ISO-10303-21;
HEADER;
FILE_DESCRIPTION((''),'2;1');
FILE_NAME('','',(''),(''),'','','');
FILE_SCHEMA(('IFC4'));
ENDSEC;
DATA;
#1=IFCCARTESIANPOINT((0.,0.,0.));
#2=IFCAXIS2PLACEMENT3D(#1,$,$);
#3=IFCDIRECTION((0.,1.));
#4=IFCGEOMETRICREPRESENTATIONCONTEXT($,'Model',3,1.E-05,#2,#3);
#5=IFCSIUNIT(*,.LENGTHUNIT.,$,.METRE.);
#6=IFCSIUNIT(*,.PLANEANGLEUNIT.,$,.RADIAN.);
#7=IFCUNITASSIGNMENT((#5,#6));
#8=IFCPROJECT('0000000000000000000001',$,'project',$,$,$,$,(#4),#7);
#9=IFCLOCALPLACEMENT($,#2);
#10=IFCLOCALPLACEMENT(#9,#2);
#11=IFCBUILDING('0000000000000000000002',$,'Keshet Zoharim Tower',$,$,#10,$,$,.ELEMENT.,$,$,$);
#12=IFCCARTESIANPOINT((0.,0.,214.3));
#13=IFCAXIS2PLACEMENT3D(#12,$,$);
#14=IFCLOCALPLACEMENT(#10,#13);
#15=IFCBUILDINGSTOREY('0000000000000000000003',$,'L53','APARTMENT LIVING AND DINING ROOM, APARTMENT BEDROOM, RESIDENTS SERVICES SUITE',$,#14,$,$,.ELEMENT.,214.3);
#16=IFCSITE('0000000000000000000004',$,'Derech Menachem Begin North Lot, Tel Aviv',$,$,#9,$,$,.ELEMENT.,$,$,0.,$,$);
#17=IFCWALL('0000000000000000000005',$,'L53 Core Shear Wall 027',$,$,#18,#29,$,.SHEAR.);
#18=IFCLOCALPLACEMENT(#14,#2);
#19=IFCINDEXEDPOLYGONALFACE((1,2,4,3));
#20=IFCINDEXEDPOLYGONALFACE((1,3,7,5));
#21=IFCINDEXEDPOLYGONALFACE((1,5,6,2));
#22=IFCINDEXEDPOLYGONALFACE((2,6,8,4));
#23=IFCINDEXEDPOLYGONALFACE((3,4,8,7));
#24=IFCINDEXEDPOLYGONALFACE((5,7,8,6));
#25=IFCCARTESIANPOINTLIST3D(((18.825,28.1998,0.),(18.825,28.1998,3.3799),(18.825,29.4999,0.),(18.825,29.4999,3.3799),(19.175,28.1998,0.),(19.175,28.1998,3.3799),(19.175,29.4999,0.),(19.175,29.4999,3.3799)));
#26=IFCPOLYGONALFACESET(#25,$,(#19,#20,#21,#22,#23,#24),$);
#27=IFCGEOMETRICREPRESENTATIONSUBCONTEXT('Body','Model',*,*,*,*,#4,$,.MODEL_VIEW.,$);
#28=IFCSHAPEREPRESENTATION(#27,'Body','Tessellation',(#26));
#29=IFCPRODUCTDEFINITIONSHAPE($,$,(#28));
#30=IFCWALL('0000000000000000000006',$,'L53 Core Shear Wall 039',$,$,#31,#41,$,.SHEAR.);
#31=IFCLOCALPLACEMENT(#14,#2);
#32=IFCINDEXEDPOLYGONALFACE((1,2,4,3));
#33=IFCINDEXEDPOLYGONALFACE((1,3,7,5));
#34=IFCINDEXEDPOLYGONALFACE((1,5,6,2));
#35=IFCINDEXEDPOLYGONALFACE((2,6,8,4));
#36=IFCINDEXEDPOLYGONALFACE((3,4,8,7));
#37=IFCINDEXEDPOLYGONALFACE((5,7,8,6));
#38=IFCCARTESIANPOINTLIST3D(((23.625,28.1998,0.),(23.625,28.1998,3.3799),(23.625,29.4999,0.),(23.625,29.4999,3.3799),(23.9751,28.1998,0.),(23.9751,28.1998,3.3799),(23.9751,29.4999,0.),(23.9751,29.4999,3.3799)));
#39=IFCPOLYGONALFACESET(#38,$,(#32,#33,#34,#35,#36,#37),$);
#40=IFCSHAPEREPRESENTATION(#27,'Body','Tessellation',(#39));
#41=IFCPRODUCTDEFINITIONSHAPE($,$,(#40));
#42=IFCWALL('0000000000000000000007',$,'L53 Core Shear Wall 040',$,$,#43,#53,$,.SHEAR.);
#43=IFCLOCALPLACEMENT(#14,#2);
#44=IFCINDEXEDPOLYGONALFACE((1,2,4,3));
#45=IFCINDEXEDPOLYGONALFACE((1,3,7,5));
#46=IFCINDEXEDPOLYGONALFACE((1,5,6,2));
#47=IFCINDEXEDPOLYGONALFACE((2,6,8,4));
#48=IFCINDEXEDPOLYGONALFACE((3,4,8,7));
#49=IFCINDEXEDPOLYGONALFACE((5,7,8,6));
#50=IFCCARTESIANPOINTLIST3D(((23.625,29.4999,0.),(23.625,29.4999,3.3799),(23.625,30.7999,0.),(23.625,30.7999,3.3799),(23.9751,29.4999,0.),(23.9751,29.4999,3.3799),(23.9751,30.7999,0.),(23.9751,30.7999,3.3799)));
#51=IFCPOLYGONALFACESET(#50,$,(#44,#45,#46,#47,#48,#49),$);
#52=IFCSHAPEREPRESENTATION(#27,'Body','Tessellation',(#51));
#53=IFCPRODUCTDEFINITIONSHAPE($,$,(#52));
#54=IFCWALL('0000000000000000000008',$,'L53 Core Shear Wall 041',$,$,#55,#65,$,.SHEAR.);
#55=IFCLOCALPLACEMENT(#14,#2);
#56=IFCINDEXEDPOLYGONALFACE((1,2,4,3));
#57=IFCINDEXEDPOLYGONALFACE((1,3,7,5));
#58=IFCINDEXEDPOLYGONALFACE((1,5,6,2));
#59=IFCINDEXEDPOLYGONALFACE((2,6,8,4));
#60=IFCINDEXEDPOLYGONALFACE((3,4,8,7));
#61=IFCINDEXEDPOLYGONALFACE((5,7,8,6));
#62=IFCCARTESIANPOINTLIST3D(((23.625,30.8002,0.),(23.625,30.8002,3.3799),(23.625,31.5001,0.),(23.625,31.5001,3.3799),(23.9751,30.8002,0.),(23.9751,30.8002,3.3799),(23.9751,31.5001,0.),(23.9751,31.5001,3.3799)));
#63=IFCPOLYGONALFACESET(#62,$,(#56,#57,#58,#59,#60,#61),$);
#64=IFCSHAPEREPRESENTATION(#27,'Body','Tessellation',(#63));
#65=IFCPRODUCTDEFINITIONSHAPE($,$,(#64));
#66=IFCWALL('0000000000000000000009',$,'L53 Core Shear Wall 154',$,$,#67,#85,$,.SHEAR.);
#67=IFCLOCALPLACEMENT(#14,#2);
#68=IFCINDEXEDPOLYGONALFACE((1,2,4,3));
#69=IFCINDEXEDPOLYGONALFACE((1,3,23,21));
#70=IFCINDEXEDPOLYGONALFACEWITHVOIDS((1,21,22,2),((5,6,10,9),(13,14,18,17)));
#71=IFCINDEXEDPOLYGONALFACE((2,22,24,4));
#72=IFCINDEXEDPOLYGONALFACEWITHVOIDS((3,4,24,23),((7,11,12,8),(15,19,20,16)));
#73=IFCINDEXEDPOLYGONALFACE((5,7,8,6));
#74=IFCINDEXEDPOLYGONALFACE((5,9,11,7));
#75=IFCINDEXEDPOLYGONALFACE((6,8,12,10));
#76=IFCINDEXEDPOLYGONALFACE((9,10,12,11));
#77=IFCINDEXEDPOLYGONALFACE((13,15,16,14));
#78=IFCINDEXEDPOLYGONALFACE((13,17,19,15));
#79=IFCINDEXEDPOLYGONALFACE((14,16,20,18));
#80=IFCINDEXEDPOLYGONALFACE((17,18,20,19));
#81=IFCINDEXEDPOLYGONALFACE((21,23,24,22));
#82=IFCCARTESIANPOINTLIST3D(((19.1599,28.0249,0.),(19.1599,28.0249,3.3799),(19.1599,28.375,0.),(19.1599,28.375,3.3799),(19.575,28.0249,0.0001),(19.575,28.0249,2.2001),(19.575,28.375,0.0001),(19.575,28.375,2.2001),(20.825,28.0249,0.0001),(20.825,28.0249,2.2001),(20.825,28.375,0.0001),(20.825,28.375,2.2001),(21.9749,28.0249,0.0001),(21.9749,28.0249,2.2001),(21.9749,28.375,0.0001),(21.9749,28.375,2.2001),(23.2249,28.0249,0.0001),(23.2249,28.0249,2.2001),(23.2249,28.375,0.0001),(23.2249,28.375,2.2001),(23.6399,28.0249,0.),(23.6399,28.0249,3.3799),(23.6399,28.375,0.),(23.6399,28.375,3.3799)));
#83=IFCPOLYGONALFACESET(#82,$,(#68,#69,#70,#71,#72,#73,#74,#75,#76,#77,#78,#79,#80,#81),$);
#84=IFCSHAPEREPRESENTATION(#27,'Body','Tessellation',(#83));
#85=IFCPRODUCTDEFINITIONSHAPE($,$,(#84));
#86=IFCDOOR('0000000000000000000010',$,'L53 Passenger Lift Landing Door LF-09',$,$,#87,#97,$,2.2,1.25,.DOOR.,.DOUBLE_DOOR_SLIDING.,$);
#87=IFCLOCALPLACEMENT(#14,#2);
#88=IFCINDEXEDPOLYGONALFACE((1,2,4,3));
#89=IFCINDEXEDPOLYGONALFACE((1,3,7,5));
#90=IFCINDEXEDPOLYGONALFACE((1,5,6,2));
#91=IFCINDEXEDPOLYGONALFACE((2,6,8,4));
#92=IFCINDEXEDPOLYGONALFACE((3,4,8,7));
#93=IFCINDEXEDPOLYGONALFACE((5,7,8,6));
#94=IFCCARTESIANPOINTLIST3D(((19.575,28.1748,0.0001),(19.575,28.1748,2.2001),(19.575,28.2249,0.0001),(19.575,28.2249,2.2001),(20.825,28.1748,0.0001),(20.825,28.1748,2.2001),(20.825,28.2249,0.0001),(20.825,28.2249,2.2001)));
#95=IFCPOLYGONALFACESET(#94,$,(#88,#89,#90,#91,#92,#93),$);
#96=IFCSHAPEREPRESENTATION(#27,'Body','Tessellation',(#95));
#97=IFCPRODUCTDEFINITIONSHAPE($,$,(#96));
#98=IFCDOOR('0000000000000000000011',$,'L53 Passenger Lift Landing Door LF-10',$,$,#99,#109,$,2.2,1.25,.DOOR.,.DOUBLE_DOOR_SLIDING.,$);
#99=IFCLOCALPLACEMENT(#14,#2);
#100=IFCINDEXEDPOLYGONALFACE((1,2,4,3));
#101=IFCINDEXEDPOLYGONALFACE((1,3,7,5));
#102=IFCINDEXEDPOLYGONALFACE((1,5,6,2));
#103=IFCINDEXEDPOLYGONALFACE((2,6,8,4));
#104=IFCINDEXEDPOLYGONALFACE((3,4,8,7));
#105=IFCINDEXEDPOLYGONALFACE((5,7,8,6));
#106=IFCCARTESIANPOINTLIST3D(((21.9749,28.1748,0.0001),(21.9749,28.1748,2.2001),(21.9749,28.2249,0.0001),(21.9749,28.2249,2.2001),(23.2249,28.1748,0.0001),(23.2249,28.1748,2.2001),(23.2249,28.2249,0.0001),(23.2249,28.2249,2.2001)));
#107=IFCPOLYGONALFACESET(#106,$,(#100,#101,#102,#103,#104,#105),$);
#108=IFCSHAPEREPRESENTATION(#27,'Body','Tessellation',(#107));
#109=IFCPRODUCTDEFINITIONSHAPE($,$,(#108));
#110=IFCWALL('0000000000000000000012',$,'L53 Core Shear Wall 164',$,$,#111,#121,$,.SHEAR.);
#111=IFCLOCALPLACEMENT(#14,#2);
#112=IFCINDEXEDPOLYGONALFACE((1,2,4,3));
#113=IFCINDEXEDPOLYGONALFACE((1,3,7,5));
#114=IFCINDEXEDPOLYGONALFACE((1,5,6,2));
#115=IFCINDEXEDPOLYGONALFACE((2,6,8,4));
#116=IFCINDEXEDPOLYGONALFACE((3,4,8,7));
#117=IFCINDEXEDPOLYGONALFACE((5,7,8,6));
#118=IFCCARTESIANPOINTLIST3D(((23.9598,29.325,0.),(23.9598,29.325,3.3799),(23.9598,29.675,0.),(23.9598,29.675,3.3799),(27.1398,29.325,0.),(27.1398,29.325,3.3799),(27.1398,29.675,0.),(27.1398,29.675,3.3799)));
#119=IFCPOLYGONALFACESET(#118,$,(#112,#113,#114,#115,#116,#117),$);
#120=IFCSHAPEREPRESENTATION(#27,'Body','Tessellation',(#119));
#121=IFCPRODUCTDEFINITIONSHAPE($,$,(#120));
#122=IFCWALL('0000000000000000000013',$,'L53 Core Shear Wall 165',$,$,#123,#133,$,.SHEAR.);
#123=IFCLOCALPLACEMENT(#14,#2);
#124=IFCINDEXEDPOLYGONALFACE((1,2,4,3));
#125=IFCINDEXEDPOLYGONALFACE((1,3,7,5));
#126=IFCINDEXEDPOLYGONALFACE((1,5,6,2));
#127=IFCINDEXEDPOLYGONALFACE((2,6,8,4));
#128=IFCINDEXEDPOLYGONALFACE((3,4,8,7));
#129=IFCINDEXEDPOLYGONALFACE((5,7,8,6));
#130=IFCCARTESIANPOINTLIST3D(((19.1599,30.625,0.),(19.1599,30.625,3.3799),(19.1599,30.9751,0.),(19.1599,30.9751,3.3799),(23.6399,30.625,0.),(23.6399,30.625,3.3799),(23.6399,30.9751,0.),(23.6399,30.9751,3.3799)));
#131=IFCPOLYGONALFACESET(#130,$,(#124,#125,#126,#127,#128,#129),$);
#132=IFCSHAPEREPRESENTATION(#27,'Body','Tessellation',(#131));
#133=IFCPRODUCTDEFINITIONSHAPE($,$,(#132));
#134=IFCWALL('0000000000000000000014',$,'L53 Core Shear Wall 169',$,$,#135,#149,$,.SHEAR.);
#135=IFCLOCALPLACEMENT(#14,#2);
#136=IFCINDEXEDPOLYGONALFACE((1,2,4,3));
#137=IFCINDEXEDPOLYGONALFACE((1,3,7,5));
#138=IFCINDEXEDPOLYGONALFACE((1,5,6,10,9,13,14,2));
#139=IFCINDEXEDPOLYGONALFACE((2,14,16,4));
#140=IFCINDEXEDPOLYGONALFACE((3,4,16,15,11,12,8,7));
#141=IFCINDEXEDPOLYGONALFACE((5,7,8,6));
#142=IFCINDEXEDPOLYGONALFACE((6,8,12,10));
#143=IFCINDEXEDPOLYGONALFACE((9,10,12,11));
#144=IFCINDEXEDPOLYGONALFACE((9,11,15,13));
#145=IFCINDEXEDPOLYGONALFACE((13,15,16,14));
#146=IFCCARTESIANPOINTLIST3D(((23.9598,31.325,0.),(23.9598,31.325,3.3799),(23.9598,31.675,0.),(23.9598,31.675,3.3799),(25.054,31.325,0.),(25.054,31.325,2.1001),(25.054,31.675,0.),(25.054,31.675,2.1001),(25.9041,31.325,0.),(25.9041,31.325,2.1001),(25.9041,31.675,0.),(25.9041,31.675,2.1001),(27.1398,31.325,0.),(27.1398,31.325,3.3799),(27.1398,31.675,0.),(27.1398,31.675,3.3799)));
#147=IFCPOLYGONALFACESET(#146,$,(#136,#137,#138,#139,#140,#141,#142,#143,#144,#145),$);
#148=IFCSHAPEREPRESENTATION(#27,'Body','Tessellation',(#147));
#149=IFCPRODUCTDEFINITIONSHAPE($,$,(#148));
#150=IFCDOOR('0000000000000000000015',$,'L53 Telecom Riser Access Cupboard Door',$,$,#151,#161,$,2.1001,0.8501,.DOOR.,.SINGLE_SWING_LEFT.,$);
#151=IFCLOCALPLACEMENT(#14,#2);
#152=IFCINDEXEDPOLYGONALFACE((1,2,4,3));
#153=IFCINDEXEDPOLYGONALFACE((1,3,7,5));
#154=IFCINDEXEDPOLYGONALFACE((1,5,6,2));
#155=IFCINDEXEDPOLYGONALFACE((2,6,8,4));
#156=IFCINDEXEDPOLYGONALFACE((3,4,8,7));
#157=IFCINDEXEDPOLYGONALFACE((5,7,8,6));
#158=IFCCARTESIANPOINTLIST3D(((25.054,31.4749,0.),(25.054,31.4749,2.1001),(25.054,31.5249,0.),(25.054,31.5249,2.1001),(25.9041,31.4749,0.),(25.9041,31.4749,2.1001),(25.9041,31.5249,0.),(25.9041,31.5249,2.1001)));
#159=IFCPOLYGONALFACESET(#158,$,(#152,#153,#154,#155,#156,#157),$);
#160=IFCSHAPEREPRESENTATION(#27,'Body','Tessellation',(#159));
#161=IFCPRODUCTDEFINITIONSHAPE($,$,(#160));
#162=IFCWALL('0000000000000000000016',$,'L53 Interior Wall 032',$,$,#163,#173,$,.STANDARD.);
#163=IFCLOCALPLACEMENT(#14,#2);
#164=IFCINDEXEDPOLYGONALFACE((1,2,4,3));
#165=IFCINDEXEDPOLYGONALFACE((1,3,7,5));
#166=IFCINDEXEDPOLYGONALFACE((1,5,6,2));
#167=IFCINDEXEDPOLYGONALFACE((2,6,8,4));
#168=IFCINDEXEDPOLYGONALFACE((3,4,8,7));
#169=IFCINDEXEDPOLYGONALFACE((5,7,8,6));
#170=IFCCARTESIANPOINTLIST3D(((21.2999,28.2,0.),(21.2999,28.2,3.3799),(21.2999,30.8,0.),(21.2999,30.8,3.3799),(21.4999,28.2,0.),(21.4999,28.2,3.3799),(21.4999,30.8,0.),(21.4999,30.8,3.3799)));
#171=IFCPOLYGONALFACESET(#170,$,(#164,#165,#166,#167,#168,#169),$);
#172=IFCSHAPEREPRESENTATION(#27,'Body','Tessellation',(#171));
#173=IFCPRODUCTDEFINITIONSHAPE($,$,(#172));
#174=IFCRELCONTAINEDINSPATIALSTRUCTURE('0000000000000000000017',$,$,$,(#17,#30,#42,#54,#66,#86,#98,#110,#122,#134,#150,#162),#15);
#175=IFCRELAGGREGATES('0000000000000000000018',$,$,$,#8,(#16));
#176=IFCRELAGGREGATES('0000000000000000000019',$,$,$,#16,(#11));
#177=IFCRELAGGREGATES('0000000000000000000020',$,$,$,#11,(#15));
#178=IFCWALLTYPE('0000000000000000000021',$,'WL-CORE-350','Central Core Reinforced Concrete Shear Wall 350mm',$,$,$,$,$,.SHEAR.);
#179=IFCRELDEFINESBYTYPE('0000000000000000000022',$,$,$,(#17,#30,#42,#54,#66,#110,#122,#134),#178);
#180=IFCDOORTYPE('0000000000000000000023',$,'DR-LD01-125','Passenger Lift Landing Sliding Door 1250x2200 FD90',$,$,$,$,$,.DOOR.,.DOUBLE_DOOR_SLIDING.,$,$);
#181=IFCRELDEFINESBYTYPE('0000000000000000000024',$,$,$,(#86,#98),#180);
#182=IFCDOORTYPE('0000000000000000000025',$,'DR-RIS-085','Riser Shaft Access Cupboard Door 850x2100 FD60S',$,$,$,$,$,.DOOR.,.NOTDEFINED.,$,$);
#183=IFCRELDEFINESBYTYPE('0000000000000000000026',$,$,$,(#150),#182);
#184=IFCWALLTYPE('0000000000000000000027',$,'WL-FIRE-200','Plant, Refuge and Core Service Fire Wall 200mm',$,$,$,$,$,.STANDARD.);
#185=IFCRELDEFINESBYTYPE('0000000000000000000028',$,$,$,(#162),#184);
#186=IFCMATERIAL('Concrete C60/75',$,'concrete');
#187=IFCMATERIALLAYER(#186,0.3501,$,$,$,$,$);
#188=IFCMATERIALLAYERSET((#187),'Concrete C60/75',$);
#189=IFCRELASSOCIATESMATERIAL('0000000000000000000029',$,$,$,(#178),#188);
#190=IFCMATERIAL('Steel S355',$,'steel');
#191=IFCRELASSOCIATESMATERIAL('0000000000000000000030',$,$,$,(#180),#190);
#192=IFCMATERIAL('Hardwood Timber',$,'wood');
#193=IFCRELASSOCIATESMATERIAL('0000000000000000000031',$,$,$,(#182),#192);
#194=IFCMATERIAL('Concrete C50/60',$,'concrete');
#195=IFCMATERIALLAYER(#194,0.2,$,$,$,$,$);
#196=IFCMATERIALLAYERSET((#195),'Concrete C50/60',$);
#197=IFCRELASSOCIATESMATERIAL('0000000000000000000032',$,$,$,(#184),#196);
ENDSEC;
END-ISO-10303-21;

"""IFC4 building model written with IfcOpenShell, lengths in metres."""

from ifc_helpers import new_model, si_unit, direction, frame, frame_2d, origin, place, context, subcontext, project, spatial, rectangle, extrude, material, layer, layer_set, type_object, element, fill, save


model = new_model("IFC4")

# Units and contexts
model_context = context("Model", 3, precision=1e-05, world=origin(), true_north=direction((0.0, 1.0)))
body_context = subcontext(model_context, "Body", "Model", "MODEL_VIEW")
ifc_project = project(units=[si_unit("LENGTHUNIT", "METRE"), si_unit("PLANEANGLEUNIT", "RADIAN")], contexts=[model_context])

# Site, building, storey
site_placement = place(None, origin())
site = spatial("IfcSite", under=ifc_project, at=site_placement, Name="Derech Menachem Begin North Lot, Tel Aviv", CompositionType="ELEMENT", RefElevation=0.0)
building_placement = place(site_placement, origin())
building = spatial("IfcBuilding", under=site, at=building_placement, Name="Keshet Zoharim Tower", CompositionType="ELEMENT")
storey_placement = place(building_placement, frame((0.0, 0.0, 214.3)))
storey = spatial("IfcBuildingStorey", under=building, at=storey_placement, Name="L53", Description="APARTMENT LIVING AND DINING ROOM, APARTMENT BEDROOM, RESIDENTS SERVICES SUITE", CompositionType="ELEMENT", Elevation=214.3)

# Wall
ifc_material_1 = material(Name="Concrete C60/75", Category="concrete")
ifc_layer_1 = layer(ifc_material_1, 0.3501)
ifc_layer_set_1 = layer_set([ifc_layer_1], Name="Concrete C60/75")
wall_type_1 = type_object("IfcWallType", Name="WL-CORE-350", Description="Central Core Reinforced Concrete Shear Wall 350mm", PredefinedType="SHEAR", material=ifc_layer_set_1)
wall_1_placement = place(storey_placement, frame((19.0, 28.2, 0.0), z_axis=(0.0, 0.0, 1.0), x_axis=(0.0, 1.0, 0.0)))
element("IfcWall", 1, at=wall_1_placement, inside=storey, type_object=wall_type_1, Name="L53 Core Shear Wall 027", PredefinedType="SHEAR", context=body_context, shape_type="SweptSolid", body=[
    extrude(rectangle(XDim=1.3, YDim=0.3501, at=frame_2d((0.6499, 0.0))), origin(), (0.0, 0.0, 1.0), 3.3799),
])

# Shared definitions
ifc_material_2 = material(Name="Hardwood Timber", Category="wood")

# Walls
for number, where, z_axis, x_axis, name in (
    (2, (23.8, 28.2, 0.0), (0.0, 0.0, 1.0), (0.0, 1.0, 0.0), "L53 Core Shear Wall 039"),
    (3, (23.8, 29.5, 0.0), (0.0, 0.0, 1.0), (0.0, 1.0, 0.0), "L53 Core Shear Wall 040"),
):
    element("IfcWall", number, at=place(storey_placement, frame(where, z_axis=z_axis, x_axis=x_axis)), inside=storey, type_object=wall_type_1, Name=name, PredefinedType="SHEAR", context=body_context, shape_type="SweptSolid", body=[
        extrude(rectangle(XDim=1.3, YDim=0.3501, at=frame_2d((0.6499, 0.0))), origin(), (0.0, 0.0, 1.0), 3.3799),
    ])
wall_2_placement = place(storey_placement, frame((23.8, 30.8, 0.0), z_axis=(0.0, 0.0, 1.0), x_axis=(0.0, 1.0, 0.0)))
element("IfcWall", 4, at=wall_2_placement, inside=storey, type_object=wall_type_1, Name="L53 Core Shear Wall 041", PredefinedType="SHEAR", context=body_context, shape_type="SweptSolid", body=[
    extrude(rectangle(XDim=0.7, YDim=0.3501, at=frame_2d((0.3501, 0.0))), origin(), (0.0, 0.0, 1.0), 3.3799),
])

# Wall, openings, doors
wall_3_placement = place(storey_placement, frame((19.1599, 28.2, 0.0), z_axis=(0.0, 0.0, 1.0), x_axis=(1.0, 0.0, 0.0)))
wall_3 = element("IfcWall", 5, at=wall_3_placement, inside=storey, type_object=wall_type_1, Name="L53 Core Shear Wall 154", PredefinedType="SHEAR", context=body_context, shape_type="SweptSolid", body=[
    extrude(rectangle(XDim=4.48, YDim=0.3501, at=frame_2d((2.24, 0.0))), origin(), (0.0, 0.0, 1.0), 3.3799),
])
opening_1_placement = place(wall_3_placement, frame((0.415, 0.0, 0.0)))
opening_1 = element("IfcOpeningElement", 6, at=opening_1_placement, cuts=wall_3, PredefinedType="OPENING", context=body_context, shape_type="SweptSolid", body=[
    extrude(rectangle(XDim=1.25, YDim=2.2, at=frame_2d((0.625, 1.1001))), frame((0.0, 0.1851, 0.0), z_axis=(0.0, -1.0, 0.0), x_axis=(1.0, 0.0, 0.0)), (0.0, 0.0, 1.0), 0.3701),
])
opening_2_placement = place(wall_3_placement, frame((2.8149, 0.0, 0.0)))
opening_2 = element("IfcOpeningElement", 7, at=opening_2_placement, cuts=wall_3, PredefinedType="OPENING", context=body_context, shape_type="SweptSolid", body=[
    extrude(rectangle(XDim=1.25, YDim=2.2, at=frame_2d((0.625, 1.1001))), frame((0.0, 0.1851, 0.0), z_axis=(0.0, -1.0, 0.0), x_axis=(1.0, 0.0, 0.0)), (0.0, 0.0, 1.0), 0.3701),
])
ifc_material_3 = material(Name="Steel S355", Category="steel")
door_type_1 = type_object("IfcDoorType", Name="DR-LD01-125", Description="Passenger Lift Landing Sliding Door 1250x2200 FD90", OperationType="DOUBLE_DOOR_SLIDING", PredefinedType="DOOR", material=ifc_material_3)
door_1_placement = place(opening_1_placement, origin())
door_1 = element("IfcDoor", 8, at=door_1_placement, inside=storey, type_object=door_type_1, Name="L53 Passenger Lift Landing Door LF-09", OperationType="DOUBLE_DOOR_SLIDING", OverallHeight=2.2, OverallWidth=1.25, PredefinedType="DOOR", context=body_context, shape_type="SweptSolid", body=[
    extrude(rectangle(XDim=1.25, YDim=2.2, at=frame_2d((0.625, 1.1001))), frame((0.0, 0.0249, 0.0), z_axis=(0.0, -1.0, 0.0), x_axis=(1.0, 0.0, 0.0)), (0.0, 0.0, 1.0), 0.05),
])
fill(opening_1, door_1)
door_2_placement = place(opening_2_placement, origin())
door_2 = element("IfcDoor", 9, at=door_2_placement, inside=storey, type_object=door_type_1, Name="L53 Passenger Lift Landing Door LF-10", OperationType="DOUBLE_DOOR_SLIDING", OverallHeight=2.2, OverallWidth=1.25, PredefinedType="DOOR", context=body_context, shape_type="SweptSolid", body=[
    extrude(rectangle(XDim=1.25, YDim=2.2, at=frame_2d((0.625, 1.1001))), frame((0.0, 0.0249, 0.0), z_axis=(0.0, -1.0, 0.0), x_axis=(1.0, 0.0, 0.0)), (0.0, 0.0, 1.0), 0.05),
])
fill(opening_2, door_2)

# Walls
wall_4_placement = place(storey_placement, frame((23.96, 29.5, 0.0), z_axis=(0.0, 0.0, 1.0), x_axis=(1.0, 0.0, 0.0)))
element("IfcWall", 10, at=wall_4_placement, inside=storey, type_object=wall_type_1, Name="L53 Core Shear Wall 164", PredefinedType="SHEAR", context=body_context, shape_type="SweptSolid", body=[
    extrude(rectangle(XDim=3.1799, YDim=0.3501, at=frame_2d((1.5898, 0.0))), origin(), (0.0, 0.0, 1.0), 3.3799),
])
wall_5_placement = place(storey_placement, frame((19.1599, 30.8, 0.0), z_axis=(0.0, 0.0, 1.0), x_axis=(1.0, 0.0, 0.0)))
element("IfcWall", 11, at=wall_5_placement, inside=storey, type_object=wall_type_1, Name="L53 Core Shear Wall 165", PredefinedType="SHEAR", context=body_context, shape_type="SweptSolid", body=[
    extrude(rectangle(XDim=4.48, YDim=0.3501, at=frame_2d((2.24, 0.0))), origin(), (0.0, 0.0, 1.0), 3.3799),
])

# Wall, opening, door
wall_6_placement = place(storey_placement, frame((23.96, 31.5, 0.0), z_axis=(0.0, 0.0, 1.0), x_axis=(1.0, 0.0, 0.0)))
wall_6 = element("IfcWall", 12, at=wall_6_placement, inside=storey, type_object=wall_type_1, Name="L53 Core Shear Wall 169", PredefinedType="SHEAR", context=body_context, shape_type="SweptSolid", body=[
    extrude(rectangle(XDim=3.1799, YDim=0.3501, at=frame_2d((1.5898, 0.0))), origin(), (0.0, 0.0, 1.0), 3.3799),
])
opening_3_placement = place(wall_6_placement, frame((1.094, 0.0, 0.0)))
opening_3 = element("IfcOpeningElement", 13, at=opening_3_placement, cuts=wall_6, PredefinedType="OPENING", context=body_context, shape_type="SweptSolid", body=[
    extrude(rectangle(XDim=0.8501, YDim=2.1001, at=frame_2d((0.425, 1.05))), frame((0.0, 0.1851, 0.0), z_axis=(0.0, -1.0, 0.0), x_axis=(1.0, 0.0, 0.0)), (0.0, 0.0, 1.0), 0.3701),
])
door_type_2 = type_object("IfcDoorType", Name="DR-RIS-085", Description="Riser Shaft Access Cupboard Door 850x2100 FD60S", OperationType="NOTDEFINED", PredefinedType="DOOR", material=ifc_material_2)
door_3_placement = place(opening_3_placement, origin())
door_3 = element("IfcDoor", 14, at=door_3_placement, inside=storey, type_object=door_type_2, Name="L53 Telecom Riser Access Cupboard Door", OperationType="SINGLE_SWING_LEFT", OverallHeight=2.1001, OverallWidth=0.8501, PredefinedType="DOOR", context=body_context, shape_type="SweptSolid", body=[
    extrude(rectangle(XDim=0.8501, YDim=2.1001, at=frame_2d((0.425, 1.05))), frame((0.0, 0.0249, 0.0), z_axis=(0.0, -1.0, 0.0), x_axis=(1.0, 0.0, 0.0)), (0.0, 0.0, 1.0), 0.05),
])
fill(opening_3, door_3)

# Wall
ifc_material_4 = material(Name="Concrete C50/60", Category="concrete")
ifc_layer_2 = layer(ifc_material_4, 0.2)
ifc_layer_set_2 = layer_set([ifc_layer_2], Name="Concrete C50/60")
wall_type_2 = type_object("IfcWallType", Name="WL-FIRE-200", Description="Plant, Refuge and Core Service Fire Wall 200mm", PredefinedType="STANDARD", material=ifc_layer_set_2)
wall_7_placement = place(storey_placement, frame((21.3999, 28.2, 0.0), z_axis=(0.0, 0.0, 1.0), x_axis=(0.0, 1.0, 0.0)))
element("IfcWall", 15, at=wall_7_placement, inside=storey, type_object=wall_type_2, Name="L53 Interior Wall 032", PredefinedType="STANDARD", context=body_context, shape_type="SweptSolid", body=[
    extrude(rectangle(XDim=2.6001, YDim=0.2, at=frame_2d((1.3, 0.0))), origin(), (0.0, 0.0, 1.0), 3.3799),
])

save(model, "model.ifc")
